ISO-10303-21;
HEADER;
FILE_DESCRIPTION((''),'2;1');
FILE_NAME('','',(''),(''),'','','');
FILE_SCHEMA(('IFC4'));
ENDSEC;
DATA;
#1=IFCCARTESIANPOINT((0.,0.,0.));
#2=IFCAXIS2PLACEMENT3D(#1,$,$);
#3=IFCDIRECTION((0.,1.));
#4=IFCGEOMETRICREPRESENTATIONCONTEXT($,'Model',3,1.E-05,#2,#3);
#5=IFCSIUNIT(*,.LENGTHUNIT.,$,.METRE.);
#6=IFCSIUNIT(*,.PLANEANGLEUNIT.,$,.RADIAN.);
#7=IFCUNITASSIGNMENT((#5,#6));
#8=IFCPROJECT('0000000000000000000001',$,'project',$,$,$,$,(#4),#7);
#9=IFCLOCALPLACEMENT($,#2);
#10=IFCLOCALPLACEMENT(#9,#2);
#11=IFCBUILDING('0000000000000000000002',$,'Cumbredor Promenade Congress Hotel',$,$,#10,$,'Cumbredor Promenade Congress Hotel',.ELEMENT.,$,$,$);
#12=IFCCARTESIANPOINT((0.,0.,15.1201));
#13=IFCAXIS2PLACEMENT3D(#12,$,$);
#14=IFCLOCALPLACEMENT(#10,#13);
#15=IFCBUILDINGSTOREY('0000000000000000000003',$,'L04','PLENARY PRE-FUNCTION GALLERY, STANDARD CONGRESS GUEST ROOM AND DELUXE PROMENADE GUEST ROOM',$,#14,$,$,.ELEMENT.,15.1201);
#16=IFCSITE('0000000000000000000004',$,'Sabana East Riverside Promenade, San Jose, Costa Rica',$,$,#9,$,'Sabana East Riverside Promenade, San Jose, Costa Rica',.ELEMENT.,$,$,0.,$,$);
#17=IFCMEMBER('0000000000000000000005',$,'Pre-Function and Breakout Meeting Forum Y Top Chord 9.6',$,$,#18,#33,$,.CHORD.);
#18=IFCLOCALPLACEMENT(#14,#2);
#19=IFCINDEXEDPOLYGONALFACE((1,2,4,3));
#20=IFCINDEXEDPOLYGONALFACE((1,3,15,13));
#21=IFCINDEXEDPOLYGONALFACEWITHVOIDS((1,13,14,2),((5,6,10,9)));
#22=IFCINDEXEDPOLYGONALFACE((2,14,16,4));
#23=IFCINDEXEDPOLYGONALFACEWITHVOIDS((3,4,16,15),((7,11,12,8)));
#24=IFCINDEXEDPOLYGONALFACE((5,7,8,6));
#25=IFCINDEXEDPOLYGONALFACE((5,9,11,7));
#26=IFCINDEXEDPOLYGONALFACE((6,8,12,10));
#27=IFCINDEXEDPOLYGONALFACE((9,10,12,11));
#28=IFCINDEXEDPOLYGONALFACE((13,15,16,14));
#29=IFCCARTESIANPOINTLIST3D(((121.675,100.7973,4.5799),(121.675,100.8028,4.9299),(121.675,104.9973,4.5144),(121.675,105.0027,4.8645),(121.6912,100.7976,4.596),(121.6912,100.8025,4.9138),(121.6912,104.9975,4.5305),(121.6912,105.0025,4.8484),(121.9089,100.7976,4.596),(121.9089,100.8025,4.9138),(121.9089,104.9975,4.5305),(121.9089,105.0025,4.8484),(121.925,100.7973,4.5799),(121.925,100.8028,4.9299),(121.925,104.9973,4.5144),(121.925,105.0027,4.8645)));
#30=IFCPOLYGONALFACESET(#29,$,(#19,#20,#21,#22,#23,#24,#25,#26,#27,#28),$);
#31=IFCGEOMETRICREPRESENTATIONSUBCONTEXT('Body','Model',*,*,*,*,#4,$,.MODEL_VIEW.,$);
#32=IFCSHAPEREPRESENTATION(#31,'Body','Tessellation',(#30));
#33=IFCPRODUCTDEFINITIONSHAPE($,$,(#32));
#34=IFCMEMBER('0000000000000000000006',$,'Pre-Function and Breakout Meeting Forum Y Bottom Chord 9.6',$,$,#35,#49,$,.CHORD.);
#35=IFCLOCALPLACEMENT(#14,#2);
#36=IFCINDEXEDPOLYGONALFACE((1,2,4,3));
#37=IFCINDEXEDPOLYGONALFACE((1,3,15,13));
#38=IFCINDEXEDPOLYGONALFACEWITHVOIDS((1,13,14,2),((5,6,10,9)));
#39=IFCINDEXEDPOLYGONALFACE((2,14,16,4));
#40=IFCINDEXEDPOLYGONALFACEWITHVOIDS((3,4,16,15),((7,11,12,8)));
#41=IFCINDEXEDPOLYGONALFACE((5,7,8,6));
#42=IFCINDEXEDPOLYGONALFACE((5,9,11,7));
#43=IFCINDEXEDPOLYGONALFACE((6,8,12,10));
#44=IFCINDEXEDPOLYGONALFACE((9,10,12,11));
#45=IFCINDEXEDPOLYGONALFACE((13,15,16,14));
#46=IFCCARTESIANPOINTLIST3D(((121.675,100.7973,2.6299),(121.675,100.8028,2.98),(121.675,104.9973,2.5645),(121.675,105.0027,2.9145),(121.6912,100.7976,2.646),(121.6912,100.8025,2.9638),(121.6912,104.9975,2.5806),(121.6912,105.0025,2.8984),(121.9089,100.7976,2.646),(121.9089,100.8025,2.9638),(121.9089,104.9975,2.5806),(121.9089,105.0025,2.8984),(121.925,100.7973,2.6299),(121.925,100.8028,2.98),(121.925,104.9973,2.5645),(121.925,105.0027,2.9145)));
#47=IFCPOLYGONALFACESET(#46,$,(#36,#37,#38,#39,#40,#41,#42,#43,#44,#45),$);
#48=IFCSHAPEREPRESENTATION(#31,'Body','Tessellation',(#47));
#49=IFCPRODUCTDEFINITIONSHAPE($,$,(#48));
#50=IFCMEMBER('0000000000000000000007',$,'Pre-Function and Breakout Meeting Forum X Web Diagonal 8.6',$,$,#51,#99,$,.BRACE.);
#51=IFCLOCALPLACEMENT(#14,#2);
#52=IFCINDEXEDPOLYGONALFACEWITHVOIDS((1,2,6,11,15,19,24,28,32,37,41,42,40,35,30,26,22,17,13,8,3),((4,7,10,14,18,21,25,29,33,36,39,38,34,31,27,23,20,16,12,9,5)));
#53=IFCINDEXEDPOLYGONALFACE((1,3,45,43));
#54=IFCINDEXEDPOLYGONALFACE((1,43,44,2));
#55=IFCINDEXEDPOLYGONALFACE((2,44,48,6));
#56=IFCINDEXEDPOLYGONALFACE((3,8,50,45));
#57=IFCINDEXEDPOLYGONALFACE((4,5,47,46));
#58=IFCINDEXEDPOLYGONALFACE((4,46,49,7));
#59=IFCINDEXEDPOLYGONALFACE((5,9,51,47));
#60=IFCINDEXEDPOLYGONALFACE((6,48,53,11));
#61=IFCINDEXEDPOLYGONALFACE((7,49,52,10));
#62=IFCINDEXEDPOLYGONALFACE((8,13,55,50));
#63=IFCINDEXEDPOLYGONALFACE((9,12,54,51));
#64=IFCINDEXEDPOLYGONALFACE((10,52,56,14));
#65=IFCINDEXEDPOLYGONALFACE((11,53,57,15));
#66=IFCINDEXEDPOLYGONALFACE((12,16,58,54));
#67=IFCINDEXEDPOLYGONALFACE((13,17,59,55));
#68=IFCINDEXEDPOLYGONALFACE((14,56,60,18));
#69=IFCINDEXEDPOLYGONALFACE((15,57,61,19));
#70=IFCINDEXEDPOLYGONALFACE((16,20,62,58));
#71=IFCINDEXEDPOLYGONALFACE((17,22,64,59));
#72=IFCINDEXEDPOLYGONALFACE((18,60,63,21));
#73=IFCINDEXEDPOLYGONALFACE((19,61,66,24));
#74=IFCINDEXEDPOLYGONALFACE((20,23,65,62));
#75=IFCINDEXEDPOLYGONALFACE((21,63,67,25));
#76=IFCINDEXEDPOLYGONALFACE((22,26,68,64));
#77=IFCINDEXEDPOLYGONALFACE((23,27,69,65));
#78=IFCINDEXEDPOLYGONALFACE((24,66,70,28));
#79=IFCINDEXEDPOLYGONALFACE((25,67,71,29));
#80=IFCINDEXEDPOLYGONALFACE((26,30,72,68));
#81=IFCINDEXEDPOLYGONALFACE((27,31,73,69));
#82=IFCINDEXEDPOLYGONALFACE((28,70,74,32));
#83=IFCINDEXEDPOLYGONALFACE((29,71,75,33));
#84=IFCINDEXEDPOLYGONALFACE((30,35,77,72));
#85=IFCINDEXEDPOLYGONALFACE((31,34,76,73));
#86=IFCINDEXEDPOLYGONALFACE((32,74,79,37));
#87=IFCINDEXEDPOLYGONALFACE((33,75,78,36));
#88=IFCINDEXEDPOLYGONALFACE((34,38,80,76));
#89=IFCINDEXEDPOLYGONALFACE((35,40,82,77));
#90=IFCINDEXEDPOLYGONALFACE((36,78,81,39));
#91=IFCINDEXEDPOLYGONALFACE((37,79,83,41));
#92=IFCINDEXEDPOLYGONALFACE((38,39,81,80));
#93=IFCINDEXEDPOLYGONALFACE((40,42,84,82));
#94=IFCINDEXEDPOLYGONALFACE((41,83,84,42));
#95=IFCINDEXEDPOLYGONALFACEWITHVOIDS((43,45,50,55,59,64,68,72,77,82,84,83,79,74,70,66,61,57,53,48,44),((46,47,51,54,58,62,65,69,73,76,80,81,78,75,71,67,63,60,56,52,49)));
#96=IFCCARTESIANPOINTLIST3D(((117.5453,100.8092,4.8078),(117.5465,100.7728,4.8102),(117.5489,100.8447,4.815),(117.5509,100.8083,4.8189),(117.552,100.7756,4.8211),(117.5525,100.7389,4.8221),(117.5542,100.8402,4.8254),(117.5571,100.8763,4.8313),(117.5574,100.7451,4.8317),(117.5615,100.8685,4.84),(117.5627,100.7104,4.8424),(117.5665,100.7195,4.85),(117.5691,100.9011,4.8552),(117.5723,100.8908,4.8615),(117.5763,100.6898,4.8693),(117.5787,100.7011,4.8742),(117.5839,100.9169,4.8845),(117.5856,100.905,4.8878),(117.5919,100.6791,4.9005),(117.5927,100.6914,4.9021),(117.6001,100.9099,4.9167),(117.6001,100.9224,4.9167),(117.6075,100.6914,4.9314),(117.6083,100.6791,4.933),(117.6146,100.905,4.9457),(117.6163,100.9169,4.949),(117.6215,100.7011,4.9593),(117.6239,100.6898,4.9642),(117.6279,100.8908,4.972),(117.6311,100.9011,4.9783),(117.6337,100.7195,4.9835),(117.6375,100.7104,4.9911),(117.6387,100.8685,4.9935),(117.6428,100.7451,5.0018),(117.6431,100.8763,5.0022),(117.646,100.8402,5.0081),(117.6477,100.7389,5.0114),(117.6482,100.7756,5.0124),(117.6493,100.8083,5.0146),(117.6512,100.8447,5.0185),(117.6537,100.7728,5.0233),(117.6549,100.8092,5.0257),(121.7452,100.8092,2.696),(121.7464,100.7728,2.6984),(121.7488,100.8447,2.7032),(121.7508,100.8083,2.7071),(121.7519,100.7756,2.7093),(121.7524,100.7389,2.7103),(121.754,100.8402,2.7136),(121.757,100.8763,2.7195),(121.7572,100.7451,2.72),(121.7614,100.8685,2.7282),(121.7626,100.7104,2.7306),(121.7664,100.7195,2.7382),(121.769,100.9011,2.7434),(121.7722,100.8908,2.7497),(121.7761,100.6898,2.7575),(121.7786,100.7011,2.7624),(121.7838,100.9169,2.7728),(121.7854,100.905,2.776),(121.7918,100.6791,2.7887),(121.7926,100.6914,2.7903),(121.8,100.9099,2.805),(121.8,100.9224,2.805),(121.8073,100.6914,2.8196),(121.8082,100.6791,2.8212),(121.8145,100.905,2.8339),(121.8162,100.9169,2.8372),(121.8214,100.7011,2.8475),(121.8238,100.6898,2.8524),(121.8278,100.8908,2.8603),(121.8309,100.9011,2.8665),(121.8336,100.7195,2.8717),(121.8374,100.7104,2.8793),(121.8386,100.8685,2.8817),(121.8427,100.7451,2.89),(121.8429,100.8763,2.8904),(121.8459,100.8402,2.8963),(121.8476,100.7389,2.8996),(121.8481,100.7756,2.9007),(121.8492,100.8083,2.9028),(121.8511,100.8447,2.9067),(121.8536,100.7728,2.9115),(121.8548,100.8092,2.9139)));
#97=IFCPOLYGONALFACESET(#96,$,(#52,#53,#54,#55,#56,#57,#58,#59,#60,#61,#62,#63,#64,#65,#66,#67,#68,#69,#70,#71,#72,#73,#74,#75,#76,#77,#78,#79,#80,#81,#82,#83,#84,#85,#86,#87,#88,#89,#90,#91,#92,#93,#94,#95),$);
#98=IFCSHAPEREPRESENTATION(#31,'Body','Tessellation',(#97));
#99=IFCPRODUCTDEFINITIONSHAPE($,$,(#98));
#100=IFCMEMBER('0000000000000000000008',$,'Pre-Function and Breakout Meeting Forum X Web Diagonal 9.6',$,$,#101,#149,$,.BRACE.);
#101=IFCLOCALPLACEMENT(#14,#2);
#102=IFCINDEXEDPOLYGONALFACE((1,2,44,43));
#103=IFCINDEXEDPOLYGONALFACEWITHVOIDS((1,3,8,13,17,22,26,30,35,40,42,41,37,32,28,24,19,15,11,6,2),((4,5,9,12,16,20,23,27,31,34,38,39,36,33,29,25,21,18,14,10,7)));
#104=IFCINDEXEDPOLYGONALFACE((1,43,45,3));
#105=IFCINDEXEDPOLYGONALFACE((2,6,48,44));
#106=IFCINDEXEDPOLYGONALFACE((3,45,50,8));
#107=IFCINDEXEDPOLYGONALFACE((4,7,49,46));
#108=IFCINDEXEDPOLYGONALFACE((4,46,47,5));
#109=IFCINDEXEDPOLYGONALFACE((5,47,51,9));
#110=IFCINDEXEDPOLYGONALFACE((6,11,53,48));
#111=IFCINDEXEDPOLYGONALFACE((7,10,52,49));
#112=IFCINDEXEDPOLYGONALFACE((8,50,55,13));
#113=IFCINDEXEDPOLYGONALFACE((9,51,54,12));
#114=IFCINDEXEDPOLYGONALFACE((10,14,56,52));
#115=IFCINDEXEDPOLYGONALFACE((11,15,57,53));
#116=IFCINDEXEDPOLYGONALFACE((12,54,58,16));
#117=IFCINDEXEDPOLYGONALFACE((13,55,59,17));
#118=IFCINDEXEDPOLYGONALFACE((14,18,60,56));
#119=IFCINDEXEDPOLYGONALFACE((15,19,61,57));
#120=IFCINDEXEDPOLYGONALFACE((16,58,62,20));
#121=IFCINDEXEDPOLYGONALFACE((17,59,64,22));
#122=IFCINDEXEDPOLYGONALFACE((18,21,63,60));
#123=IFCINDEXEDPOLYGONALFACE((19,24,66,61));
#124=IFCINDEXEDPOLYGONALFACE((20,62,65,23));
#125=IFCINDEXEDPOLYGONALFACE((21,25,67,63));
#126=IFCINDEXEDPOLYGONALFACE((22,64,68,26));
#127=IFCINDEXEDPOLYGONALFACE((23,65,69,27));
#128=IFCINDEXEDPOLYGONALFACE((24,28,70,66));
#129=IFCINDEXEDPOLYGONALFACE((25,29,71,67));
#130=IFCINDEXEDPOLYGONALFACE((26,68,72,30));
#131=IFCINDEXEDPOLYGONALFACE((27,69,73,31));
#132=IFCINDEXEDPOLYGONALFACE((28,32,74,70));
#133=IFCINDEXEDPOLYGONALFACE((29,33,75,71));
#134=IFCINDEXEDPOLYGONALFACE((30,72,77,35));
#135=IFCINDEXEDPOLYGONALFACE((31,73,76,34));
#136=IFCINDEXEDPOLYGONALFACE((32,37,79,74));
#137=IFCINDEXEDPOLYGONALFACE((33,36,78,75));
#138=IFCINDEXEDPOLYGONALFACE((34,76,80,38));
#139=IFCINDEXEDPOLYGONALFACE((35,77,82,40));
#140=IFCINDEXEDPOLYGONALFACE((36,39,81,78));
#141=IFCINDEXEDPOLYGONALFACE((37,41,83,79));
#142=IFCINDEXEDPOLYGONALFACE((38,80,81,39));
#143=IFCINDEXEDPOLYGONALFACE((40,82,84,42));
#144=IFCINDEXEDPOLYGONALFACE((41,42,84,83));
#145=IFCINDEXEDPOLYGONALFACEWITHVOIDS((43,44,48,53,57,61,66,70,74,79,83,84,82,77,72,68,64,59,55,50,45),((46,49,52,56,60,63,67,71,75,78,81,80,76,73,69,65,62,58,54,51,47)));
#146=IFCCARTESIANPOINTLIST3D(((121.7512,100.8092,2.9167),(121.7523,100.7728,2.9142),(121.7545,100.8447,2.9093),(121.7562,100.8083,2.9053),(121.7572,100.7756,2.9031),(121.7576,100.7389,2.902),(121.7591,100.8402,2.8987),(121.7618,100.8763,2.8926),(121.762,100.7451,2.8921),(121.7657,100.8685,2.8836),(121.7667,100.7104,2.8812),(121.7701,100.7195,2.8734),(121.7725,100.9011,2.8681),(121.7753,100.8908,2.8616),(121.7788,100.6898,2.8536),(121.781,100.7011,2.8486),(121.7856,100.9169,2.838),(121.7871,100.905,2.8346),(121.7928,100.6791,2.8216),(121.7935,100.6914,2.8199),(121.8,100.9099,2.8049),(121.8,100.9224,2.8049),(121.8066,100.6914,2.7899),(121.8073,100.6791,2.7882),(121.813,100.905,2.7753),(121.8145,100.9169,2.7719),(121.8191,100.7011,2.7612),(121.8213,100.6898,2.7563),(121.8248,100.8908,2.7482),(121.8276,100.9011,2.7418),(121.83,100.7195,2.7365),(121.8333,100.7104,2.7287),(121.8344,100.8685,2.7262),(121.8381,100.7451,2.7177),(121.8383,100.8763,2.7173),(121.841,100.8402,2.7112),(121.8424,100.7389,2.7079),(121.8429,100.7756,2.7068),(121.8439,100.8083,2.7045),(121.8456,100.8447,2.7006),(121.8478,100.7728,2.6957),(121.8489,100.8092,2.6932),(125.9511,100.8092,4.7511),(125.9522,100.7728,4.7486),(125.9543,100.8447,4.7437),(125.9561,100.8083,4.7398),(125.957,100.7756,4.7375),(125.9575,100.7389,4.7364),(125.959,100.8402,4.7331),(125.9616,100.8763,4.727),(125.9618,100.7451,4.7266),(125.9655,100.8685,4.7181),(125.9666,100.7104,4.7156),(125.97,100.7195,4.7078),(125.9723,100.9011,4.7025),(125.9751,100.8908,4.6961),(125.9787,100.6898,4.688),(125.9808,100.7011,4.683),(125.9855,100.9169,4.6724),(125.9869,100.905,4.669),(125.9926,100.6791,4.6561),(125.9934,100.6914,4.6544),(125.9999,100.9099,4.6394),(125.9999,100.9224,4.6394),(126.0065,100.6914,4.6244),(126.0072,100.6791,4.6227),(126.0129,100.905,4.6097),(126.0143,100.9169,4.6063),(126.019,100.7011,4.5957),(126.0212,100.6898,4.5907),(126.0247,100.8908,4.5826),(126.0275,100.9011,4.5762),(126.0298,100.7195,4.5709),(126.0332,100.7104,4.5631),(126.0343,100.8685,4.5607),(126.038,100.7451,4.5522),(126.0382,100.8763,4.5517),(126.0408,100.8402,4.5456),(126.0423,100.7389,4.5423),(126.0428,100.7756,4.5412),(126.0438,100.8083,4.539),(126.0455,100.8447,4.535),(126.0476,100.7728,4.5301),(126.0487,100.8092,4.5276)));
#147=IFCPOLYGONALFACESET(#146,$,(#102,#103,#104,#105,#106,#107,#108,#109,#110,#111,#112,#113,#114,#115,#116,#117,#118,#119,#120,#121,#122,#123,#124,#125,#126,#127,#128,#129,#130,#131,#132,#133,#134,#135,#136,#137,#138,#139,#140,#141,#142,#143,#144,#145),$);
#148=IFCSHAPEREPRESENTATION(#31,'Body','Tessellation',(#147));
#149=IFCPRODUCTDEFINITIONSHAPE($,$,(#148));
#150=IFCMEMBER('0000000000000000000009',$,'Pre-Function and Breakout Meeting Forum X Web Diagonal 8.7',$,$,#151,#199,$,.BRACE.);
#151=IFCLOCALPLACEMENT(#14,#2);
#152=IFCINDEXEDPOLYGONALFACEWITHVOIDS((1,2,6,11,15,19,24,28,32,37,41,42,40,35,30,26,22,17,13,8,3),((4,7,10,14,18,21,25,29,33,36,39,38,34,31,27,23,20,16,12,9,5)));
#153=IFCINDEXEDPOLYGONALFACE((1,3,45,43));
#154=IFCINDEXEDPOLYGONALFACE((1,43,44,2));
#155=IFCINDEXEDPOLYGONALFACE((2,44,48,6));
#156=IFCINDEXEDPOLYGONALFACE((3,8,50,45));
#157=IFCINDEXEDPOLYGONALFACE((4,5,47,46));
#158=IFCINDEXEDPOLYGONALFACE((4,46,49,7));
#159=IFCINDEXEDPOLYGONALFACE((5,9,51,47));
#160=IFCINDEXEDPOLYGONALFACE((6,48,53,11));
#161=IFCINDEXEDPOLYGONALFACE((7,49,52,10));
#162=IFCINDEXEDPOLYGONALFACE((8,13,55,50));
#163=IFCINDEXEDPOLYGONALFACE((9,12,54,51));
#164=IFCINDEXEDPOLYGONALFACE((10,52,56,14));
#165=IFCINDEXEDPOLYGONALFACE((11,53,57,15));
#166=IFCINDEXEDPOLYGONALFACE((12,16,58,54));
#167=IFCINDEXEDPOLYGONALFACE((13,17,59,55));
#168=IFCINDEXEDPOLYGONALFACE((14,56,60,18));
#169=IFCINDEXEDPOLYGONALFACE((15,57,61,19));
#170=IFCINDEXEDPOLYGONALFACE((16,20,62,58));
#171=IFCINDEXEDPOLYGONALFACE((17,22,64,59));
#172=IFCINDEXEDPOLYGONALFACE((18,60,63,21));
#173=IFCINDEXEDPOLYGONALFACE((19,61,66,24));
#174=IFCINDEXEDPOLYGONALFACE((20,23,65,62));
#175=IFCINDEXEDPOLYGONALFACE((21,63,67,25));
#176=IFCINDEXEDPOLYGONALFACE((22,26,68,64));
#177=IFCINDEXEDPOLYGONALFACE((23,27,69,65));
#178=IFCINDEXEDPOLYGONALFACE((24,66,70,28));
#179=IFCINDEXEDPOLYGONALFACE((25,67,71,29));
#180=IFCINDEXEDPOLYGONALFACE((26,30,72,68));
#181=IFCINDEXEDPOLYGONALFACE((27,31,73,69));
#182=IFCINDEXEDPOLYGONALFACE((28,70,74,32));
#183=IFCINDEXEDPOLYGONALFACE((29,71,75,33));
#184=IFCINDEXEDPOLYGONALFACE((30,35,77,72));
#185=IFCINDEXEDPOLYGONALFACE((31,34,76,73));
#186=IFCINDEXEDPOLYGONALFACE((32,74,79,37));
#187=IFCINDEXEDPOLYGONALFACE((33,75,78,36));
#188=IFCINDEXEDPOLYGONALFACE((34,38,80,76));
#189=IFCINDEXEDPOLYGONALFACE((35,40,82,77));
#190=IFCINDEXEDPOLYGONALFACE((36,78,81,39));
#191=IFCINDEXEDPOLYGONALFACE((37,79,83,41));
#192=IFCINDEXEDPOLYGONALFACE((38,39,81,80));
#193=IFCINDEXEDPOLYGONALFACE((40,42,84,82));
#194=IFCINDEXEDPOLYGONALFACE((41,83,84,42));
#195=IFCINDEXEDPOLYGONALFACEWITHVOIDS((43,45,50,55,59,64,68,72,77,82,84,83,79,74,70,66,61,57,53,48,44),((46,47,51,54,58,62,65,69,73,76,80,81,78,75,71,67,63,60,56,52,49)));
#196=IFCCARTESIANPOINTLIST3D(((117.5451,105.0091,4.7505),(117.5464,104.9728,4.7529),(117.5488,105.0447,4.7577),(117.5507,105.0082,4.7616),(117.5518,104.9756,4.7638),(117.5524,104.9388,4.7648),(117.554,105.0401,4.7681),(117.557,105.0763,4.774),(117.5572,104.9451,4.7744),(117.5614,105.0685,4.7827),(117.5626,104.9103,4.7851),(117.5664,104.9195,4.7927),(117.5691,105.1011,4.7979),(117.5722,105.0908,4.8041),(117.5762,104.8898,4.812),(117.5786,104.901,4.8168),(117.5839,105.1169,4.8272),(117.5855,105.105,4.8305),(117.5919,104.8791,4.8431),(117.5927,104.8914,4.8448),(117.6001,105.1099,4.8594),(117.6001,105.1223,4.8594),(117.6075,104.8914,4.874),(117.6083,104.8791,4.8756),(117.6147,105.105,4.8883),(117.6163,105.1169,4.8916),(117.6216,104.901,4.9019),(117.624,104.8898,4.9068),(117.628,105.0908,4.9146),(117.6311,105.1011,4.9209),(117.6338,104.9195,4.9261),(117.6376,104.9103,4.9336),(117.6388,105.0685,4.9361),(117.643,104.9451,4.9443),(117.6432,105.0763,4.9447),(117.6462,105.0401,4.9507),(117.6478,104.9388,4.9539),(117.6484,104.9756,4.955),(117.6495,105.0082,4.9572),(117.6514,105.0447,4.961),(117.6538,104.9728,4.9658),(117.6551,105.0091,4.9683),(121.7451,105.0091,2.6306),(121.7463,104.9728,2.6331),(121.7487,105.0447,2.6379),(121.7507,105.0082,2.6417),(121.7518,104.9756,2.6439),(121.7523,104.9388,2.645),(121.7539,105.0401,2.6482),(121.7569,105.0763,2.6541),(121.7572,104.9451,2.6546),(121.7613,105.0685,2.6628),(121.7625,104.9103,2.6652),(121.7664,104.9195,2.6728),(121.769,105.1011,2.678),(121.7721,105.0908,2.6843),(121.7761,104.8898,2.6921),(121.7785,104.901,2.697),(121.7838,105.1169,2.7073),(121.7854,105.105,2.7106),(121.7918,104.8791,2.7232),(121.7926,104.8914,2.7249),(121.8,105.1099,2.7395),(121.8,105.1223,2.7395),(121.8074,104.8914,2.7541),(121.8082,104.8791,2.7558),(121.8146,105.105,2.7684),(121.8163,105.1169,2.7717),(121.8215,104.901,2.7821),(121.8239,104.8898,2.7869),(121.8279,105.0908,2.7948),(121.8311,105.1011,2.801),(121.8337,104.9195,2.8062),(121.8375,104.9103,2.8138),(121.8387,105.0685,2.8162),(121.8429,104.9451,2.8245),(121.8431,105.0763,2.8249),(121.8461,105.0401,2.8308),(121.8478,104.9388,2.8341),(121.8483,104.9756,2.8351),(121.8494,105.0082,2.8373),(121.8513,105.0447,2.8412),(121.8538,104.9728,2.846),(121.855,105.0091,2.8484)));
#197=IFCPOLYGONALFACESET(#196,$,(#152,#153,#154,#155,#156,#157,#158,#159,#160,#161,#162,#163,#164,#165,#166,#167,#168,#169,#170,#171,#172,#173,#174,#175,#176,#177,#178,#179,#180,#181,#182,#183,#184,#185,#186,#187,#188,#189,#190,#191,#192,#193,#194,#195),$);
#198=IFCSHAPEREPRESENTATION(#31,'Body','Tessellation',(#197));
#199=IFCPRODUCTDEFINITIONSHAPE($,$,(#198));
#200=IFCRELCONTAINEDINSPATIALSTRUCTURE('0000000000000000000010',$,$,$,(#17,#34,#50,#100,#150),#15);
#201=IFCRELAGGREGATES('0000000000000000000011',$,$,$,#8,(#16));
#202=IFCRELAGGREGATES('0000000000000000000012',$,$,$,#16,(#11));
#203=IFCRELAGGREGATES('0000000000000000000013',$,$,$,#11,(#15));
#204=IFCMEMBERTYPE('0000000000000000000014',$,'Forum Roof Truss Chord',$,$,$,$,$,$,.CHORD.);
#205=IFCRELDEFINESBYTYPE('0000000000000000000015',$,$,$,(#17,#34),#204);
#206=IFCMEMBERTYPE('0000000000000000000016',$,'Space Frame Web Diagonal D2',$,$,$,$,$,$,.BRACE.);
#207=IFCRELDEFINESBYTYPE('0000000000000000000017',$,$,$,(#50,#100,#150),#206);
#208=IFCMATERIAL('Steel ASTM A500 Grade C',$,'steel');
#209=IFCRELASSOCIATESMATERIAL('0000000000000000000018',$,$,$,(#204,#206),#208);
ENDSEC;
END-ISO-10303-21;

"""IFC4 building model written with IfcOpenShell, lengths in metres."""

from ifc_helpers import new_model, si_unit, direction, frame, origin, origin_2d, place, context, subcontext, project, spatial, hollow_rectangle, hollow_circle, extrude, material, material_profile, profile_set, type_object, element, save


model = new_model("IFC4")

# Units and contexts
model_context = context("Model", 3, precision=1e-05, world=origin(), true_north=direction((0.0, 1.0)))
body_context = subcontext(model_context, "Body", "Model", "MODEL_VIEW")
ifc_project = project(units=[si_unit("LENGTHUNIT", "METRE"), si_unit("PLANEANGLEUNIT", "RADIAN")], contexts=[model_context])

# Site, building, storey
site_placement = place(None, origin())
site = spatial("IfcSite", under=ifc_project, at=site_placement, Name="Sabana East Riverside Promenade, San Jose, Costa Rica", LongName="Sabana East Riverside Promenade, San Jose, Costa Rica", CompositionType="ELEMENT", RefElevation=0.0)
building_placement = place(site_placement, origin())
building = spatial("IfcBuilding", under=site, at=building_placement, Name="Cumbredor Promenade Congress Hotel", LongName="Cumbredor Promenade Congress Hotel", CompositionType="ELEMENT")
storey_placement = place(building_placement, frame((0.0, 0.0, 15.1201)))
storey = spatial("IfcBuildingStorey", under=building, at=storey_placement, Name="L04", Description="PLENARY PRE-FUNCTION GALLERY, STANDARD CONGRESS GUEST ROOM AND DELUXE PROMENADE GUEST ROOM", CompositionType="ELEMENT", Elevation=15.1201)

# Members
ifc_material_1 = material(Name="Steel ASTM A500 Grade C", Category="steel")
ifc_material_profile_1 = material_profile(ifc_material_1, hollow_rectangle(XDim=0.25, YDim=0.3501, WallThickness=0.0161, at=origin_2d()), Name="HSS 350x250x16")
ifc_profile_set_1 = profile_set([ifc_material_profile_1], Name="Steel ASTM A500 Grade C")
member_type_1 = type_object("IfcMemberType", Name="Forum Roof Truss Chord", PredefinedType="CHORD", material=ifc_profile_set_1)
for number, where, z_axis, x_axis, name in (
    (1, (121.8, 100.8, 4.7549), (0.0, 0.999879, -0.015577), (-1.0, 0.0, 0.0), "Pre-Function and Breakout Meeting Forum Y Top Chord 9.6"),
    (2, (121.8, 100.8, 2.8049), (0.0, 0.999879, -0.015577), (-1.0, 0.0, 0.0), "Pre-Function and Breakout Meeting Forum Y Bottom Chord 9.6"),
):
    element("IfcMember", number, at=place(storey_placement, frame(where, z_axis=z_axis, x_axis=x_axis)), inside=storey, type_object=member_type_1, Name=name, PredefinedType="CHORD", context=body_context, shape_type="SweptSolid", body=[
        extrude(hollow_rectangle(XDim=0.25, YDim=0.3501, WallThickness=0.0161, at=origin_2d()), origin(), (0.0, 0.0, 1.0), 4.2004),
    ])
ifc_material_profile_2 = material_profile(ifc_material_1, hollow_circle(Radius=0.1223, WallThickness=0.0125, at=origin_2d()), Name="CHS 244.5x12.5")
ifc_profile_set_2 = profile_set([ifc_material_profile_2], Name="Steel ASTM A500 Grade C")
member_type_2 = type_object("IfcMemberType", Name="Space Frame Web Diagonal D2", PredefinedType="BRACE", material=ifc_profile_set_2)
member_1_placement = place(storey_placement, frame((117.6001, 100.8, 4.9167), z_axis=(0.893417, 0.0, -0.449227), x_axis=(0.0, 1.0, 0.0)))
element("IfcMember", 3, at=member_1_placement, inside=storey, type_object=member_type_2, Name="Pre-Function and Breakout Meeting Forum X Web Diagonal 8.6", PredefinedType="BRACE", context=body_context, shape_type="SweptSolid", body=[
    extrude(hollow_circle(Radius=0.1223, WallThickness=0.0125, at=origin_2d()), origin(), (0.0, 0.0, 1.0), 4.7009),
])
member_2_placement = place(storey_placement, frame((121.8, 100.8, 2.8049), z_axis=(0.916398, 0.0, 0.400268), x_axis=(0.0, 1.0, 0.0)))
element("IfcMember", 4, at=member_2_placement, inside=storey, type_object=member_type_2, Name="Pre-Function and Breakout Meeting Forum X Web Diagonal 9.6", PredefinedType="BRACE", context=body_context, shape_type="SweptSolid", body=[
    extrude(hollow_circle(Radius=0.1223, WallThickness=0.0125, at=origin_2d()), origin(), (0.0, 0.0, 1.0), 4.583),
])
member_3_placement = place(storey_placement, frame((117.6001, 105.0, 4.8594), z_axis=(0.892729, 0.0, -0.450594), x_axis=(0.0, 1.0, 0.0)))
element("IfcMember", 5, at=member_3_placement, inside=storey, type_object=member_type_2, Name="Pre-Function and Breakout Meeting Forum X Web Diagonal 8.7", PredefinedType="BRACE", context=body_context, shape_type="SweptSolid", body=[
    extrude(hollow_circle(Radius=0.1223, WallThickness=0.0125, at=origin_2d()), origin(), (0.0, 0.0, 1.0), 4.7046),
])

save(model, "model.ifc")
